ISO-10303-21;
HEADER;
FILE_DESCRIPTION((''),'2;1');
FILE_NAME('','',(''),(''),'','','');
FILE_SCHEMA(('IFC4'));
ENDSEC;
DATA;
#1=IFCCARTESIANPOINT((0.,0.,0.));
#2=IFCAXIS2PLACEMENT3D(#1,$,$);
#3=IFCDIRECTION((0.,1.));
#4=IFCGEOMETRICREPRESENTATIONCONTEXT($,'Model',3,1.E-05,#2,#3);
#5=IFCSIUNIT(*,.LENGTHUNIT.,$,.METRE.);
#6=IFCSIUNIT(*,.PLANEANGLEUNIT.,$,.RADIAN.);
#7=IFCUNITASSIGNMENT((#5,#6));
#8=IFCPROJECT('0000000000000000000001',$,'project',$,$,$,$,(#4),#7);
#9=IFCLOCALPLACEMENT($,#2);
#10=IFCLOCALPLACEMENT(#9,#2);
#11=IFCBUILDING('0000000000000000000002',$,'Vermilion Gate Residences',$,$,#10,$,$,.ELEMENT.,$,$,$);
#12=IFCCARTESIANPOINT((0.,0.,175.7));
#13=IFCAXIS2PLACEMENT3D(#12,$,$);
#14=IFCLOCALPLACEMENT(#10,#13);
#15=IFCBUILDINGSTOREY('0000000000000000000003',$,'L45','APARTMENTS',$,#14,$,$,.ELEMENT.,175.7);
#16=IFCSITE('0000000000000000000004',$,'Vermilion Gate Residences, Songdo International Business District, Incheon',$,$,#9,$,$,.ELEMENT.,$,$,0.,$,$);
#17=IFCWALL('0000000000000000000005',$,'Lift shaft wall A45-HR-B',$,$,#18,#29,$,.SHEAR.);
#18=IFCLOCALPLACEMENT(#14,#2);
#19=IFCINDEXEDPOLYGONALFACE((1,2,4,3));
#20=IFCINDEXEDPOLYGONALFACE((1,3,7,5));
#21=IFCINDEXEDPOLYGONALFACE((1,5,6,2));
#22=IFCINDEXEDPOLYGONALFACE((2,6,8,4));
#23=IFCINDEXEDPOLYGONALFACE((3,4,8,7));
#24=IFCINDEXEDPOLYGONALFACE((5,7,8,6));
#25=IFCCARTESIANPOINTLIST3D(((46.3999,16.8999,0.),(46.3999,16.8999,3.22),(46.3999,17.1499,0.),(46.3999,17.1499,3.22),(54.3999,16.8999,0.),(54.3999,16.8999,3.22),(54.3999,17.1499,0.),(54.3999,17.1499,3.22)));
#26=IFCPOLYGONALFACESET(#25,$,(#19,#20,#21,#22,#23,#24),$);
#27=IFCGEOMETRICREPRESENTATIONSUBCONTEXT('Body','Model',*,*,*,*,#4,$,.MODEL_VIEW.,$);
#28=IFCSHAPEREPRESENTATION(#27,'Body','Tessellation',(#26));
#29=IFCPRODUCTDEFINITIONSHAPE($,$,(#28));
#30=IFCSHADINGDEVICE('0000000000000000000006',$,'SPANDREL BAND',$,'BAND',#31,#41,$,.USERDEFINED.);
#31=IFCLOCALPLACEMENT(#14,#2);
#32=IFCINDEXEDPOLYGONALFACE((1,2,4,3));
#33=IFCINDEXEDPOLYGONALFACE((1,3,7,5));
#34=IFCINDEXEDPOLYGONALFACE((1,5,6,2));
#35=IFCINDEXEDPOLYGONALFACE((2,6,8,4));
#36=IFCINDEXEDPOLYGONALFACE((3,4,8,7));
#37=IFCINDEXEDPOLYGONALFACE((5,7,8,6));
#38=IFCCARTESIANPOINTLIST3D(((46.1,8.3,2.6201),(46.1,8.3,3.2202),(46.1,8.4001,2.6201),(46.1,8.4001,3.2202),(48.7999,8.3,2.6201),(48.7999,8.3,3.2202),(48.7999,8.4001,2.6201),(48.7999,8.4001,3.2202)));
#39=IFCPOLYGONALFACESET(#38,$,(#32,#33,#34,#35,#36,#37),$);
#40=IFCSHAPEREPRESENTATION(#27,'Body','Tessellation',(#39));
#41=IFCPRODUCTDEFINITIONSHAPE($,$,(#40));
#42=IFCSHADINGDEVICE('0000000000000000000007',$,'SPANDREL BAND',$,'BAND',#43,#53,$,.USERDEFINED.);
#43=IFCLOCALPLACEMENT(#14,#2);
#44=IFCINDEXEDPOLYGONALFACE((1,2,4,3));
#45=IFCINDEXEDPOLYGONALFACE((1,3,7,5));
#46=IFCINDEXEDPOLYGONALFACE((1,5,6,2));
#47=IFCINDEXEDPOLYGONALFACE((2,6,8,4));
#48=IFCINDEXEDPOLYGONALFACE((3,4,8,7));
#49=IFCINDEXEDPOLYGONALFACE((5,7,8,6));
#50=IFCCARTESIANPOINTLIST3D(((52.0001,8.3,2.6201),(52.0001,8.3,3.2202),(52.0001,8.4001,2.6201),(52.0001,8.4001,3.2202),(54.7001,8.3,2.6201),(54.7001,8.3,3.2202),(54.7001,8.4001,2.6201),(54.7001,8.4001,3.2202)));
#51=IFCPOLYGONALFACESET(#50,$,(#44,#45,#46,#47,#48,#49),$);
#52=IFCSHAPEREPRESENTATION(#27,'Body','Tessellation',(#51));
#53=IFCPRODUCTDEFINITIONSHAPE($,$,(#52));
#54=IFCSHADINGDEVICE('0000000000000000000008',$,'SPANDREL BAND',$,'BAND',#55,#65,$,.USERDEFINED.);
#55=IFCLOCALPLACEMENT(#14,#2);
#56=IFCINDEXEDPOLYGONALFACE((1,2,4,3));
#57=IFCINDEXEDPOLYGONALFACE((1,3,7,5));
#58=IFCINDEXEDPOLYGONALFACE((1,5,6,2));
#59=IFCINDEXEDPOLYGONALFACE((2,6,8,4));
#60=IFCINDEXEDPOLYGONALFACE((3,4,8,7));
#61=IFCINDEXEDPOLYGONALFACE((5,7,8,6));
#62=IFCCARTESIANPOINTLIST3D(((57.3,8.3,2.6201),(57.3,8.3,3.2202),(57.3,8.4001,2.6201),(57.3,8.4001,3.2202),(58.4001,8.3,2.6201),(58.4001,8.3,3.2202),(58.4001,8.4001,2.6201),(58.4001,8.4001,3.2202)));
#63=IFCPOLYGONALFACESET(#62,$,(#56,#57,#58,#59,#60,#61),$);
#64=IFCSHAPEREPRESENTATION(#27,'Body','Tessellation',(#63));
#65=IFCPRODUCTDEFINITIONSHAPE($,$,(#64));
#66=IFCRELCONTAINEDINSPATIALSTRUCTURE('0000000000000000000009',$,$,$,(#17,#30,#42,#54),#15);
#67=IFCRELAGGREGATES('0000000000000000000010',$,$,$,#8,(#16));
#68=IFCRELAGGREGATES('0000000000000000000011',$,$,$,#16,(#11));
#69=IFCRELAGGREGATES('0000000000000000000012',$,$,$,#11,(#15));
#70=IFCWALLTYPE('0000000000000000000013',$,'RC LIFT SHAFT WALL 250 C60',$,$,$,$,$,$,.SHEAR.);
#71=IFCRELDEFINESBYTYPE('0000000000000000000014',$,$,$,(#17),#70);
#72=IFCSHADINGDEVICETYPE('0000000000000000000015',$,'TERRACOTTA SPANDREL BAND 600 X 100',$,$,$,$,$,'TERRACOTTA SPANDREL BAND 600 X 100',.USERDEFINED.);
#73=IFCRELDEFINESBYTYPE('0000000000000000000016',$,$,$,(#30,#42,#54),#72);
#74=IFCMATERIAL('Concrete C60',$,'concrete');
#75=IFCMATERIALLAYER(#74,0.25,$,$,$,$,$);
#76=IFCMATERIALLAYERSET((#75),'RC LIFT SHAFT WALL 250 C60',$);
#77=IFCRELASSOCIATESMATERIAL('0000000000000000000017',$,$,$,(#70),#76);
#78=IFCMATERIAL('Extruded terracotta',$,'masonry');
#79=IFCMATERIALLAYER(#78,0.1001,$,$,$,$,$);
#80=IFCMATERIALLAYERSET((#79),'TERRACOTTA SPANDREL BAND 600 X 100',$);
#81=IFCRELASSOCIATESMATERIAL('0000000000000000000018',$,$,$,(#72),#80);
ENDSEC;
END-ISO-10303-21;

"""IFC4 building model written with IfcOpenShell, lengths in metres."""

from ifc_helpers import new_model, si_unit, direction, frame, frame_2d, origin, origin_2d, place, context, subcontext, project, spatial, rectangle, extrude, material, layer, layer_set, type_object, element, save


model = new_model("IFC4")

# Units and contexts
model_context = context("Model", 3, precision=1e-05, world=origin(), true_north=direction((0.0, 1.0)))
body_context = subcontext(model_context, "Body", "Model", "MODEL_VIEW")
ifc_project = project(units=[si_unit("LENGTHUNIT", "METRE"), si_unit("PLANEANGLEUNIT", "RADIAN")], contexts=[model_context])

# Site, building, storey
site_placement = place(None, origin())
site = spatial("IfcSite", under=ifc_project, at=site_placement, Name="Vermilion Gate Residences, Songdo International Business District, Incheon", CompositionType="ELEMENT", RefElevation=0.0)
building_placement = place(site_placement, origin())
building = spatial("IfcBuilding", under=site, at=building_placement, Name="Vermilion Gate Residences", CompositionType="ELEMENT")
storey_placement = place(building_placement, frame((0.0, 0.0, 175.7)))
storey = spatial("IfcBuildingStorey", under=building, at=storey_placement, Name="L45", Description="APARTMENTS", CompositionType="ELEMENT", Elevation=175.7)

# Wall
ifc_material_1 = material(Name="Concrete C60", Category="concrete")
ifc_layer_1 = layer(ifc_material_1, 0.25)
ifc_layer_set_1 = layer_set([ifc_layer_1], Name="RC LIFT SHAFT WALL 250 C60")
wall_type_1 = type_object("IfcWallType", Name="RC LIFT SHAFT WALL 250 C60", PredefinedType="SHEAR", material=ifc_layer_set_1)
wall_1_placement = place(storey_placement, frame((46.3999, 17.0249, 0.0), z_axis=(0.0, 0.0, 1.0), x_axis=(1.0, 0.0, 0.0)))
element("IfcWall", 1, at=wall_1_placement, inside=storey, type_object=wall_type_1, Name="Lift shaft wall A45-HR-B", PredefinedType="SHEAR", context=body_context, shape_type="SweptSolid", body=[
    extrude(rectangle(XDim=8.0, YDim=0.25, at=frame_2d((4.0, 0.0))), origin(), (0.0, 0.0, 1.0), 3.22),
])

# Shading devices
ifc_material_2 = material(Name="Extruded terracotta", Category="masonry")
ifc_layer_2 = layer(ifc_material_2, 0.1001)
ifc_layer_set_2 = layer_set([ifc_layer_2], Name="TERRACOTTA SPANDREL BAND 600 X 100")
shading_device_type = type_object("IfcShadingDeviceType", Name="TERRACOTTA SPANDREL BAND 600 X 100", ElementType="TERRACOTTA SPANDREL BAND 600 X 100", PredefinedType="USERDEFINED", material=ifc_layer_set_2)
for number, where, z_axis, x_axis, name in (
    (2, (47.45, 8.3501, 2.6201), (0.0, 0.0, 1.0), (1.0, 0.0, 0.0), "SPANDREL BAND"),
    (3, (53.3501, 8.3501, 2.6201), (0.0, 0.0, 1.0), (1.0, 0.0, 0.0), "SPANDREL BAND"),
):
    element("IfcShadingDevice", number, at=place(storey_placement, frame(where, z_axis=z_axis, x_axis=x_axis)), inside=storey, type_object=shading_device_type, Name=name, ObjectType="BAND", PredefinedType="USERDEFINED", context=body_context, shape_type="SweptSolid", body=[
        extrude(rectangle(XDim=2.7, YDim=0.1001, at=origin_2d()), origin(), (0.0, 0.0, 1.0), 0.6001),
    ])
shading_device_placement = place(storey_placement, frame((57.8501, 8.3501, 2.6201), z_axis=(0.0, 0.0, 1.0), x_axis=(1.0, 0.0, 0.0)))
element("IfcShadingDevice", 4, at=shading_device_placement, inside=storey, type_object=shading_device_type, Name="SPANDREL BAND", ObjectType="BAND", PredefinedType="USERDEFINED", context=body_context, shape_type="SweptSolid", body=[
    extrude(rectangle(XDim=1.1001, YDim=0.1001, at=origin_2d()), origin(), (0.0, 0.0, 1.0), 0.6001),
])

save(model, "model.ifc")
